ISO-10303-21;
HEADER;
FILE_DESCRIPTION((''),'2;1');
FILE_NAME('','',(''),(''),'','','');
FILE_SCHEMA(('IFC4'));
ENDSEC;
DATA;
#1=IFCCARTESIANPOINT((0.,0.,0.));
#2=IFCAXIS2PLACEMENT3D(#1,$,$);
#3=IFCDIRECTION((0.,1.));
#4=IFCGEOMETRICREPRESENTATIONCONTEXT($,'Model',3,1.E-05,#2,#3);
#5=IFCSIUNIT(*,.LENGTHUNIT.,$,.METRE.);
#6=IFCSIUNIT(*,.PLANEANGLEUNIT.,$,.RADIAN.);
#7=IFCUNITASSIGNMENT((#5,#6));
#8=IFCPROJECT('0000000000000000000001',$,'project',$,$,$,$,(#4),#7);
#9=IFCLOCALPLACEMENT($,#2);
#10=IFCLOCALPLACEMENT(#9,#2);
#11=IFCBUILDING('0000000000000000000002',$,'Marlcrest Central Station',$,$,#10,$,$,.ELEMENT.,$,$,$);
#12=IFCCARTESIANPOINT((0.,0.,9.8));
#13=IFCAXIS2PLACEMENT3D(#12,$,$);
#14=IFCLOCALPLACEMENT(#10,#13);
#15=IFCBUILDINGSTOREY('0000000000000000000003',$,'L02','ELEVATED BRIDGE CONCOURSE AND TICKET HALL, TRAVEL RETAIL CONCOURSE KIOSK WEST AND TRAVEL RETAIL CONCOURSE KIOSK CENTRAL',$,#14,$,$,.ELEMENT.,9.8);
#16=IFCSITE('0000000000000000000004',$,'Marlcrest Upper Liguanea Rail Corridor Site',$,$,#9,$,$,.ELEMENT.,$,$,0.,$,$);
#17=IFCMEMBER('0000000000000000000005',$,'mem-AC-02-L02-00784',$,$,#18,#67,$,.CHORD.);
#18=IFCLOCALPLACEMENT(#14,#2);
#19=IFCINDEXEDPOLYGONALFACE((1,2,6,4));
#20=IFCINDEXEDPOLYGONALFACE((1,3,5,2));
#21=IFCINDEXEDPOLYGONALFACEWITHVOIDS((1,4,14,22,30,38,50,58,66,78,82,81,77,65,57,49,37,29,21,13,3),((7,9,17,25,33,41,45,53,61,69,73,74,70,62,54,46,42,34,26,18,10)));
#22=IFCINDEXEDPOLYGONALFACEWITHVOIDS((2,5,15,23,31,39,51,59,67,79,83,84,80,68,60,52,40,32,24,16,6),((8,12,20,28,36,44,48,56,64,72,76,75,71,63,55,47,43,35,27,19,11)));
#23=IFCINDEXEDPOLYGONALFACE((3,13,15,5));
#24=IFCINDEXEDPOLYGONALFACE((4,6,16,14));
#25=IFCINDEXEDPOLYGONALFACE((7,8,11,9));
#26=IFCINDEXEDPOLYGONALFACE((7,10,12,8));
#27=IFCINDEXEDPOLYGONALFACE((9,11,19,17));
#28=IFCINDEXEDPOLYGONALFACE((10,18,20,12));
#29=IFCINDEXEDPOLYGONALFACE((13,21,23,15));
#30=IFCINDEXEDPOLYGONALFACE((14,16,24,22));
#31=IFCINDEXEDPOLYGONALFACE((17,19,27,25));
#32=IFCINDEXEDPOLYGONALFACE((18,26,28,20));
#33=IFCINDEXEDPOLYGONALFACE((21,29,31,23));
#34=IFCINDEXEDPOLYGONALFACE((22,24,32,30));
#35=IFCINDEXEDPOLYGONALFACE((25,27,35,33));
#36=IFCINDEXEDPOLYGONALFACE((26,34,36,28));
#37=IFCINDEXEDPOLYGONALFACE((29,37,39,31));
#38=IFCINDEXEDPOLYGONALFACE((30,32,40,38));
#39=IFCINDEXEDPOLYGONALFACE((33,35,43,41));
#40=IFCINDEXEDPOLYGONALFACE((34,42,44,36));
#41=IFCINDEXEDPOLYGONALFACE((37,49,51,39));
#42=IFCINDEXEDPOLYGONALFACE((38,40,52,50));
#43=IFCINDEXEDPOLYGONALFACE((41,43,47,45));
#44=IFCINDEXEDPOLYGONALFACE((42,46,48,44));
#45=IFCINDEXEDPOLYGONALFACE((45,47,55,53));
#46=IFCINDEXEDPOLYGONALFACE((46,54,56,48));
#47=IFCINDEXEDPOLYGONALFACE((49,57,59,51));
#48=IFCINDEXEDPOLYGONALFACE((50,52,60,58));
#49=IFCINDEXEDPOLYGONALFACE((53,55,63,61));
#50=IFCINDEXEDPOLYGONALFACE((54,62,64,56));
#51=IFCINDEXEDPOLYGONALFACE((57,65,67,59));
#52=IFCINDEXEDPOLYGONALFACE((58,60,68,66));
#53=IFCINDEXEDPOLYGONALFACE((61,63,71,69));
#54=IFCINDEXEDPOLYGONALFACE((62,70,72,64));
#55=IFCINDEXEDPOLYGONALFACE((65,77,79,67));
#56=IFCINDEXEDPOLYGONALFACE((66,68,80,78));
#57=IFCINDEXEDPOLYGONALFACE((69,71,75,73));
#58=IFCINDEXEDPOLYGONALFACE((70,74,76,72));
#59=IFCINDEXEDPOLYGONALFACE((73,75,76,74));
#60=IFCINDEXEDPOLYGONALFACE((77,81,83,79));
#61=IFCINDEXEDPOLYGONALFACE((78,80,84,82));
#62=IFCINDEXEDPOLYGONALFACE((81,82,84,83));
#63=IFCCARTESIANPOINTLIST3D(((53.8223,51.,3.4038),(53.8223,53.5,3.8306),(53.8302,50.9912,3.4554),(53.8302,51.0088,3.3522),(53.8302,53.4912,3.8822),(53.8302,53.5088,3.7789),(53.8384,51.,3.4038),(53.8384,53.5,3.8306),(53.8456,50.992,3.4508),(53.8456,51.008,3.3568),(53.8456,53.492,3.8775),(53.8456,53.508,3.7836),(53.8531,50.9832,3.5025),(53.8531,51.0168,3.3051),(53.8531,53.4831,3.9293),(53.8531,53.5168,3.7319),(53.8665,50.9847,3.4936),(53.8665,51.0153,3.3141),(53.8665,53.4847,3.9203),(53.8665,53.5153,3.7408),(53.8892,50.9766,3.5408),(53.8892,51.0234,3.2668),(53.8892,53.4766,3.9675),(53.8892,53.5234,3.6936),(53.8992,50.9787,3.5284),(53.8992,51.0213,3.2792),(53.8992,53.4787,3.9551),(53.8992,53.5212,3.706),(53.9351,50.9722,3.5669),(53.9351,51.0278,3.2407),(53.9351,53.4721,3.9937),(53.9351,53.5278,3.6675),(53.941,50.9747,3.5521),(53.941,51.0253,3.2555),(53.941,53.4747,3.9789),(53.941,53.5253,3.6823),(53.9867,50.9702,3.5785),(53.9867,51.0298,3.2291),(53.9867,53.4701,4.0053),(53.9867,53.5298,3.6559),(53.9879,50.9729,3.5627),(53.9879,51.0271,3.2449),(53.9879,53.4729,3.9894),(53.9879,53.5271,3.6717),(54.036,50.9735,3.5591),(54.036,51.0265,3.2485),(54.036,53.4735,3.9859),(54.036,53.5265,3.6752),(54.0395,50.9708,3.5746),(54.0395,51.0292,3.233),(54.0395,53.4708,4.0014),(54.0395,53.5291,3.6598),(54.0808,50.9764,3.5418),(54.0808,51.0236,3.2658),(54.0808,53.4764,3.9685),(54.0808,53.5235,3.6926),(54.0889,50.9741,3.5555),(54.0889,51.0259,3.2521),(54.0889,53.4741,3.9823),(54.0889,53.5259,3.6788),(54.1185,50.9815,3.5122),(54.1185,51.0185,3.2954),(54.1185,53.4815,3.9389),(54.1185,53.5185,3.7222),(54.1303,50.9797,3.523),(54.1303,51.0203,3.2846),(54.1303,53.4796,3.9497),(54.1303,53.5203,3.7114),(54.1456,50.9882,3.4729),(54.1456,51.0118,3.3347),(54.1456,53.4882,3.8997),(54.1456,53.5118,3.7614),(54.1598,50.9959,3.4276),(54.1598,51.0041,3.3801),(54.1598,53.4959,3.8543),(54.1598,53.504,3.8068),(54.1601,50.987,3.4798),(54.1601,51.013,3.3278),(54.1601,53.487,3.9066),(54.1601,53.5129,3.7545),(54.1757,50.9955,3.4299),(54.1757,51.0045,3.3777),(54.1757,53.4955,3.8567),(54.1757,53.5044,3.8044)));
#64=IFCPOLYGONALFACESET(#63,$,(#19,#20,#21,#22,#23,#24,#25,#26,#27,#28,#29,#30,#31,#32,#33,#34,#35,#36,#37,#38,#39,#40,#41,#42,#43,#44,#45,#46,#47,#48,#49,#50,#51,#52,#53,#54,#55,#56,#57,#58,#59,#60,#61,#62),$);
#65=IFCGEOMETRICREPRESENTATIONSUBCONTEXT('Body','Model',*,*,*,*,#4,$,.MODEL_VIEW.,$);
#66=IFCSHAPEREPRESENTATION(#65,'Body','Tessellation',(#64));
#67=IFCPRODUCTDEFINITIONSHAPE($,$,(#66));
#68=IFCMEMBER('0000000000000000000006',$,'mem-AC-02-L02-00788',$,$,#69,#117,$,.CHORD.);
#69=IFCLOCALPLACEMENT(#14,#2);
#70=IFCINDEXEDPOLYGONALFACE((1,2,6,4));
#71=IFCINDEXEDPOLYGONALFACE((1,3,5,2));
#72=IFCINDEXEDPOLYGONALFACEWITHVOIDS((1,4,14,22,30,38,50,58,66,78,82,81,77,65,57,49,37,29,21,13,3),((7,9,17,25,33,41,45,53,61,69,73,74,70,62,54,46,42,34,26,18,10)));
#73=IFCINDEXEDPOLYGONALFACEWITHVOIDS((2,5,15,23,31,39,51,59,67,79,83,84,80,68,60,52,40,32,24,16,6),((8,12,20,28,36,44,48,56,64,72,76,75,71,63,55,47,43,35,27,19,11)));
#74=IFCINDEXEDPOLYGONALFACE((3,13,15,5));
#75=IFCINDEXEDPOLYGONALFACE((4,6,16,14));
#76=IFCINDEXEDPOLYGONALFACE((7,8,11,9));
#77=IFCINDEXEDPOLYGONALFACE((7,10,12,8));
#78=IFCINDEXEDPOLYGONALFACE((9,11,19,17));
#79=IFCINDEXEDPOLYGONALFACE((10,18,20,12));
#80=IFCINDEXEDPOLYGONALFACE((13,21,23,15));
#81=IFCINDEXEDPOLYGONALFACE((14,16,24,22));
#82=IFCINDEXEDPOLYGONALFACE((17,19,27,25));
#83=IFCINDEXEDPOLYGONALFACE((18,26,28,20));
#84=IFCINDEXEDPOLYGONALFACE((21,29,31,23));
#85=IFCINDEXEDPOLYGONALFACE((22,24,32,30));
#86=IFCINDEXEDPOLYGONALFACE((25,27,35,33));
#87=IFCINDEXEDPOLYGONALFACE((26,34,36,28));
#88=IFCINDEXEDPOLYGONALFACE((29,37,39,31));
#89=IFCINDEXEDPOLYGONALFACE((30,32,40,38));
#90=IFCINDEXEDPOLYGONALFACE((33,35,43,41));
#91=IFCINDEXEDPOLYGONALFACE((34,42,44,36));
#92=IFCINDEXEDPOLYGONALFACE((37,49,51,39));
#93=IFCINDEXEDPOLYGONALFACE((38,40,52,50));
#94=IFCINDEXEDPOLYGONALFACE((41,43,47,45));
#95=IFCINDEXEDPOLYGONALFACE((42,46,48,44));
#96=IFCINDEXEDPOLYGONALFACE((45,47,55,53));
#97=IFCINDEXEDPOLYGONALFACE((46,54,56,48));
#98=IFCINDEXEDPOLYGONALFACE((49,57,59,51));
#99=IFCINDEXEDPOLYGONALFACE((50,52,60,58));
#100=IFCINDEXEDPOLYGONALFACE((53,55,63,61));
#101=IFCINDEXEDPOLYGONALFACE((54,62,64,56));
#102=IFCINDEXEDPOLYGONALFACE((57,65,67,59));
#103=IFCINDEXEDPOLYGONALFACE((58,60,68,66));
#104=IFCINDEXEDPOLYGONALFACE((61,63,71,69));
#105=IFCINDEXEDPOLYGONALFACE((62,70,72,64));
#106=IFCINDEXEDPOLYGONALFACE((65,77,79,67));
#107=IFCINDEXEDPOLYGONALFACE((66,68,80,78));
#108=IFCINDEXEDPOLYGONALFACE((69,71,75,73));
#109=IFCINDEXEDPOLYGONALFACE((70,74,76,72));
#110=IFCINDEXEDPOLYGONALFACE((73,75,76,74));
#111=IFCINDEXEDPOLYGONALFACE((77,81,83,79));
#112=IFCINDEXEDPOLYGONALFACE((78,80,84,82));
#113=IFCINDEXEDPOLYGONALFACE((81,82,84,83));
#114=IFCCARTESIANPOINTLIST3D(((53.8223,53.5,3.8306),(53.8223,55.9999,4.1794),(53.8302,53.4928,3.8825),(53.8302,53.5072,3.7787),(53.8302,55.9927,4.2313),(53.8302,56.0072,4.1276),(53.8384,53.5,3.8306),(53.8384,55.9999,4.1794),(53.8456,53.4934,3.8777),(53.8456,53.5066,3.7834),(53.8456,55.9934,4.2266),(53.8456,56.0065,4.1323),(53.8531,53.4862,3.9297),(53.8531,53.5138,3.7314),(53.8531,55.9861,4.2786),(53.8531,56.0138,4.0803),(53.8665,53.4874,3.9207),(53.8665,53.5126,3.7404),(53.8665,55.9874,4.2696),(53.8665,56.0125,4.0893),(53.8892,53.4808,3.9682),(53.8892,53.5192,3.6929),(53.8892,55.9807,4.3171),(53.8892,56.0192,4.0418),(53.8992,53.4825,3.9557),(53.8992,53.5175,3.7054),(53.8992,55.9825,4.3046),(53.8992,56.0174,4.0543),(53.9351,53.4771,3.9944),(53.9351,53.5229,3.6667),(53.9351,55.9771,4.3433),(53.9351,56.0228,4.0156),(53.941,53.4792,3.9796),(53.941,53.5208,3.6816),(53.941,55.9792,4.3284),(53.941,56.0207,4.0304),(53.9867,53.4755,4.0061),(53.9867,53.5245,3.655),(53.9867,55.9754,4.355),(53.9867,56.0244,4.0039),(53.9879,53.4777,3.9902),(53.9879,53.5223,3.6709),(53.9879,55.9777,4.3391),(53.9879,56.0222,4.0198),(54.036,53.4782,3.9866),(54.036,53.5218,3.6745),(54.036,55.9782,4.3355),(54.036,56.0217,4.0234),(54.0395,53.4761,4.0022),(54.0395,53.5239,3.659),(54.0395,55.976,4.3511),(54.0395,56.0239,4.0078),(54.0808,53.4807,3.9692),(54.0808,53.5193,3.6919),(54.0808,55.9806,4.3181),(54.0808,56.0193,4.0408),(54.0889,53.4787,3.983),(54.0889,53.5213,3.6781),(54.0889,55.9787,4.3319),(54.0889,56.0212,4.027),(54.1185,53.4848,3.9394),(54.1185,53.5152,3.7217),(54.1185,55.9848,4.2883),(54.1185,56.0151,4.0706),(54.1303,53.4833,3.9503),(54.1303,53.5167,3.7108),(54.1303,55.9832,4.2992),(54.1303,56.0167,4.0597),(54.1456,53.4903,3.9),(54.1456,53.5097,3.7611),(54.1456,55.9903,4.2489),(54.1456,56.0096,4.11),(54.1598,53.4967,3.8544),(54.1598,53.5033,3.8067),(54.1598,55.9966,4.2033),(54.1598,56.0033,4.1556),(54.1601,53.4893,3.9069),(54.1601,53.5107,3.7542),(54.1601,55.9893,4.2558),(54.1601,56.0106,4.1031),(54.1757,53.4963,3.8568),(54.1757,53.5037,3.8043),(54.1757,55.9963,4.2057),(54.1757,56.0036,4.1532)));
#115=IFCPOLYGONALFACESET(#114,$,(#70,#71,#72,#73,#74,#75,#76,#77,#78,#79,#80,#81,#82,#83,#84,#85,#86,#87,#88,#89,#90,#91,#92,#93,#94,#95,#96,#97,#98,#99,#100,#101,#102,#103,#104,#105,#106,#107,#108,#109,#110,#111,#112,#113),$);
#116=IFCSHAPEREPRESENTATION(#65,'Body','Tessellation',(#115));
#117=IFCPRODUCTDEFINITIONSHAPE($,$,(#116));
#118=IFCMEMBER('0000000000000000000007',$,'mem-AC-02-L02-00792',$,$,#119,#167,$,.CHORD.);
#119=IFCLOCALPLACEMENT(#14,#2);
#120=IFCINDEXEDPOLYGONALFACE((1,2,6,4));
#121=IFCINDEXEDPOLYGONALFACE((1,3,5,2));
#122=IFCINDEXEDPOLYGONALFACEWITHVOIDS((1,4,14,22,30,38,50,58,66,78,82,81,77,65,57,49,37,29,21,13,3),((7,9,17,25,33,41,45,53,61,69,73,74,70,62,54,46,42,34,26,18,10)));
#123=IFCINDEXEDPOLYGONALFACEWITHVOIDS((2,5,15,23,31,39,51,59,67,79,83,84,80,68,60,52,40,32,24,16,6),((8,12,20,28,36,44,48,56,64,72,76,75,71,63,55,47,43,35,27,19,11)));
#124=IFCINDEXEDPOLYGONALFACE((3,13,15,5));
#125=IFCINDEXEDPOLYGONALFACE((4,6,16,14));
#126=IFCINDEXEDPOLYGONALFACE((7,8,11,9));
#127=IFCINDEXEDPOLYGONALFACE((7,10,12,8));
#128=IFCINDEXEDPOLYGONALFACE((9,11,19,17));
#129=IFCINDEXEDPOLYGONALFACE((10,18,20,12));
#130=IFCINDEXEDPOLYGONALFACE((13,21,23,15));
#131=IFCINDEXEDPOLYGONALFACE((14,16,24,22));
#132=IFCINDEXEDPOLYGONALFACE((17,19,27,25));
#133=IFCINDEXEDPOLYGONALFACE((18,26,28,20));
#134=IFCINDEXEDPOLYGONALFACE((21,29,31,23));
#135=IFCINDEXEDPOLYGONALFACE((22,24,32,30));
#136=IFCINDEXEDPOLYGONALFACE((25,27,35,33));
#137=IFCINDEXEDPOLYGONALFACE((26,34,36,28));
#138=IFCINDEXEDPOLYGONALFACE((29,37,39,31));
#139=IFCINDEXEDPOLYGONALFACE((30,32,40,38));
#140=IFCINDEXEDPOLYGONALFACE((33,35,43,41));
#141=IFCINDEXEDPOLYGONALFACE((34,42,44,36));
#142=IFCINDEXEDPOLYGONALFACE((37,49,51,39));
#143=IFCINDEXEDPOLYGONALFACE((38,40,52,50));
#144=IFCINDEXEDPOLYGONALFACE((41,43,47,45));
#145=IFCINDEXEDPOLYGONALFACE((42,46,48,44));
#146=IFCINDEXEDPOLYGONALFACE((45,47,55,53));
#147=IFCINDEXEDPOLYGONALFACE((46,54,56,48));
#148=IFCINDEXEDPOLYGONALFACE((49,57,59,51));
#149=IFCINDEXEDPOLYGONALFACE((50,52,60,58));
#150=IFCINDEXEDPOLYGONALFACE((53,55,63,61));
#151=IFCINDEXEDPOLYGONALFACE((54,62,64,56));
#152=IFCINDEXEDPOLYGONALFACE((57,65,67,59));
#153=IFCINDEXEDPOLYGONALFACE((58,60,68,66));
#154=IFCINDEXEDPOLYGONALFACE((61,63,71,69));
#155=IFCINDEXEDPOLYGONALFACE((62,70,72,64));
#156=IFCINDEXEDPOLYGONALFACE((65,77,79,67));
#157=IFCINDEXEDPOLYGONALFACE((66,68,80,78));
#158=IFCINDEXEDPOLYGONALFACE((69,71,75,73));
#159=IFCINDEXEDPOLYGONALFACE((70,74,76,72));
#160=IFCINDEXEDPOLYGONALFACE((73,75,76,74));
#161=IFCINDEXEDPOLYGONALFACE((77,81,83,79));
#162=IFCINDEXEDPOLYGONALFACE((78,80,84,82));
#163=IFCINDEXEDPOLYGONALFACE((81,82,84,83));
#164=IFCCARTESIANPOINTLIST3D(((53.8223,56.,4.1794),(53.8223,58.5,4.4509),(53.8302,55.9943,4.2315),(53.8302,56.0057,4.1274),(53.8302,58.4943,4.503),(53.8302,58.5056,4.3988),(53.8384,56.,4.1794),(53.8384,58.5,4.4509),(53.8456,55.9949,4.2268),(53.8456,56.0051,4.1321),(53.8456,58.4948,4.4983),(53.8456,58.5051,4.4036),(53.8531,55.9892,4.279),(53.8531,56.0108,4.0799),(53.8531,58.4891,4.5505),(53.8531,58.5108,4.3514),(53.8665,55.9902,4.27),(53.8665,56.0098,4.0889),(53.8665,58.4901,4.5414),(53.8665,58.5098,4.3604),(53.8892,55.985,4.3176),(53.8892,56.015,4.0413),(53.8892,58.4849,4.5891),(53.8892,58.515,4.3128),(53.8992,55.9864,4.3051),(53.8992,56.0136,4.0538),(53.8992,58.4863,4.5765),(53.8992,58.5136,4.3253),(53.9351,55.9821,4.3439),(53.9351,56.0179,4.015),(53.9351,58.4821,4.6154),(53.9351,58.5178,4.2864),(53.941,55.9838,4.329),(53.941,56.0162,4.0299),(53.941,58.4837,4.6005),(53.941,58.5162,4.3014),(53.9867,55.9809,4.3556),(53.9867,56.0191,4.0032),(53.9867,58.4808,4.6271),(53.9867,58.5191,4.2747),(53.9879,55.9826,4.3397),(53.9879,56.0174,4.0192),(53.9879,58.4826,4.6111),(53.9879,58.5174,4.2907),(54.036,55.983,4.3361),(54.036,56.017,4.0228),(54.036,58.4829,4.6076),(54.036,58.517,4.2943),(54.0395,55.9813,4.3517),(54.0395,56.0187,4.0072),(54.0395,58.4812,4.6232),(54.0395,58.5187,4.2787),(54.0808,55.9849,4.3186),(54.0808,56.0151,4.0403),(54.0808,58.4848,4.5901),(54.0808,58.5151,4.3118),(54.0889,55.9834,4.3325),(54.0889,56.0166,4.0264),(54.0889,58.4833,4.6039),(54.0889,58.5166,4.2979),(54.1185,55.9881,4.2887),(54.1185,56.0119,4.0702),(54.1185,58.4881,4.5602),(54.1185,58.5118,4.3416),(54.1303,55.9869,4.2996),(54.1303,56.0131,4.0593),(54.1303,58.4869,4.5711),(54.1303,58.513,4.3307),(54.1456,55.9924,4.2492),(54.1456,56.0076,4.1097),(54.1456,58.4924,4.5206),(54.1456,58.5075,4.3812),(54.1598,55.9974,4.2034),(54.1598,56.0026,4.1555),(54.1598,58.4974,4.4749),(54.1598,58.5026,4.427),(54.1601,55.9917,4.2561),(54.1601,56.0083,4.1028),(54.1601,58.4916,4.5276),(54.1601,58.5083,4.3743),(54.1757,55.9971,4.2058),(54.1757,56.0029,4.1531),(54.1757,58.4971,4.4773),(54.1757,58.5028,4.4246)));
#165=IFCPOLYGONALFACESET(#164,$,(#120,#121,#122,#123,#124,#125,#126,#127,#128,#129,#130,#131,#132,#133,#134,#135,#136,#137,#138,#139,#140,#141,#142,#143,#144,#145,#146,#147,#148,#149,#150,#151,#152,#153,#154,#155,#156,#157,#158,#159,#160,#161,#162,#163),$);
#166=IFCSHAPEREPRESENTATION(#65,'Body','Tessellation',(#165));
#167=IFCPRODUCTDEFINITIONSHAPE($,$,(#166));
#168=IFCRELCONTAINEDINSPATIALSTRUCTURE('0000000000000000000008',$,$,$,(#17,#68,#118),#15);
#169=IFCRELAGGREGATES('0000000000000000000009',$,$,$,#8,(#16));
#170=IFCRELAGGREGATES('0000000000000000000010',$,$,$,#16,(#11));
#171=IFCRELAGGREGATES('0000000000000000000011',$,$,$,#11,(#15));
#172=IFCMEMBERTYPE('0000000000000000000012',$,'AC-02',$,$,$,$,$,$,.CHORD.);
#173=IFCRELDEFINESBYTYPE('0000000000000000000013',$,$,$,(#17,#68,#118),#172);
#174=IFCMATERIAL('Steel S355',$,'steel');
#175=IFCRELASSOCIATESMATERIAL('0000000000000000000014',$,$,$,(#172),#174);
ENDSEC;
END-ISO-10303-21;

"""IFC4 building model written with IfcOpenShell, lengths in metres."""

from ifc_helpers import new_model, si_unit, direction, frame, origin, origin_2d, place, context, subcontext, project, spatial, hollow_circle, extrude, material, material_profile, profile_set, type_object, element, save


model = new_model("IFC4")

# Units and contexts
model_context = context("Model", 3, precision=1e-05, world=origin(), true_north=direction((0.0, 1.0)))
body_context = subcontext(model_context, "Body", "Model", "MODEL_VIEW")
ifc_project = project(units=[si_unit("LENGTHUNIT", "METRE"), si_unit("PLANEANGLEUNIT", "RADIAN")], contexts=[model_context])

# Site, building, storey
site_placement = place(None, origin())
site = spatial("IfcSite", under=ifc_project, at=site_placement, Name="Marlcrest Upper Liguanea Rail Corridor Site", CompositionType="ELEMENT", RefElevation=0.0)
building_placement = place(site_placement, origin())
building = spatial("IfcBuilding", under=site, at=building_placement, Name="Marlcrest Central Station", CompositionType="ELEMENT")
storey_placement = place(building_placement, frame((0.0, 0.0, 9.8)))
storey = spatial("IfcBuildingStorey", under=building, at=storey_placement, Name="L02", Description="ELEVATED BRIDGE CONCOURSE AND TICKET HALL, TRAVEL RETAIL CONCOURSE KIOSK WEST AND TRAVEL RETAIL CONCOURSE KIOSK CENTRAL", CompositionType="ELEMENT", Elevation=9.8)

# Members
ifc_material = material(Name="Steel S355", Category="steel")
ifc_material_profile_1 = material_profile(ifc_material, hollow_circle(Radius=0.1777, WallThickness=0.0161, at=origin_2d()), Name="CHS 355.6x16")
ifc_profile_set_1 = profile_set([ifc_material_profile_1], Name="Steel S355")
member_type_1 = type_object("IfcMemberType", Name="AC-02", PredefinedType="CHORD", material=ifc_profile_set_1)
member_1_placement = place(storey_placement, frame((54.0, 51.0, 3.4038), z_axis=(0.0, 0.985741, 0.168269), x_axis=(-1.0, 0.0, 0.0)))
element("IfcMember", 1, at=member_1_placement, inside=storey, type_object=member_type_1, Name="mem-AC-02-L02-00784", PredefinedType="CHORD", context=body_context, shape_type="SweptSolid", body=[
    extrude(hollow_circle(Radius=0.1777, WallThickness=0.0161, at=origin_2d()), origin(), (0.0, 0.0, 1.0), 2.5361),
])
member_2_placement = place(storey_placement, frame((54.0, 53.5, 3.8306), z_axis=(0.0, 0.990403, 0.138211), x_axis=(-1.0, 0.0, 0.0)))
element("IfcMember", 2, at=member_2_placement, inside=storey, type_object=member_type_1, Name="mem-AC-02-L02-00788", PredefinedType="CHORD", context=body_context, shape_type="SweptSolid", body=[
    extrude(hollow_circle(Radius=0.1777, WallThickness=0.0161, at=origin_2d()), origin(), (0.0, 0.0, 1.0), 2.5242),
])
member_3_placement = place(storey_placement, frame((54.0, 56.0, 4.1794), z_axis=(0.0, 0.994155, 0.107959), x_axis=(-1.0, 0.0, 0.0)))
element("IfcMember", 3, at=member_3_placement, inside=storey, type_object=member_type_1, Name="mem-AC-02-L02-00792", PredefinedType="CHORD", context=body_context, shape_type="SweptSolid", body=[
    extrude(hollow_circle(Radius=0.1777, WallThickness=0.0161, at=origin_2d()), origin(), (0.0, 0.0, 1.0), 2.5146),
])

save(model, "model.ifc")
